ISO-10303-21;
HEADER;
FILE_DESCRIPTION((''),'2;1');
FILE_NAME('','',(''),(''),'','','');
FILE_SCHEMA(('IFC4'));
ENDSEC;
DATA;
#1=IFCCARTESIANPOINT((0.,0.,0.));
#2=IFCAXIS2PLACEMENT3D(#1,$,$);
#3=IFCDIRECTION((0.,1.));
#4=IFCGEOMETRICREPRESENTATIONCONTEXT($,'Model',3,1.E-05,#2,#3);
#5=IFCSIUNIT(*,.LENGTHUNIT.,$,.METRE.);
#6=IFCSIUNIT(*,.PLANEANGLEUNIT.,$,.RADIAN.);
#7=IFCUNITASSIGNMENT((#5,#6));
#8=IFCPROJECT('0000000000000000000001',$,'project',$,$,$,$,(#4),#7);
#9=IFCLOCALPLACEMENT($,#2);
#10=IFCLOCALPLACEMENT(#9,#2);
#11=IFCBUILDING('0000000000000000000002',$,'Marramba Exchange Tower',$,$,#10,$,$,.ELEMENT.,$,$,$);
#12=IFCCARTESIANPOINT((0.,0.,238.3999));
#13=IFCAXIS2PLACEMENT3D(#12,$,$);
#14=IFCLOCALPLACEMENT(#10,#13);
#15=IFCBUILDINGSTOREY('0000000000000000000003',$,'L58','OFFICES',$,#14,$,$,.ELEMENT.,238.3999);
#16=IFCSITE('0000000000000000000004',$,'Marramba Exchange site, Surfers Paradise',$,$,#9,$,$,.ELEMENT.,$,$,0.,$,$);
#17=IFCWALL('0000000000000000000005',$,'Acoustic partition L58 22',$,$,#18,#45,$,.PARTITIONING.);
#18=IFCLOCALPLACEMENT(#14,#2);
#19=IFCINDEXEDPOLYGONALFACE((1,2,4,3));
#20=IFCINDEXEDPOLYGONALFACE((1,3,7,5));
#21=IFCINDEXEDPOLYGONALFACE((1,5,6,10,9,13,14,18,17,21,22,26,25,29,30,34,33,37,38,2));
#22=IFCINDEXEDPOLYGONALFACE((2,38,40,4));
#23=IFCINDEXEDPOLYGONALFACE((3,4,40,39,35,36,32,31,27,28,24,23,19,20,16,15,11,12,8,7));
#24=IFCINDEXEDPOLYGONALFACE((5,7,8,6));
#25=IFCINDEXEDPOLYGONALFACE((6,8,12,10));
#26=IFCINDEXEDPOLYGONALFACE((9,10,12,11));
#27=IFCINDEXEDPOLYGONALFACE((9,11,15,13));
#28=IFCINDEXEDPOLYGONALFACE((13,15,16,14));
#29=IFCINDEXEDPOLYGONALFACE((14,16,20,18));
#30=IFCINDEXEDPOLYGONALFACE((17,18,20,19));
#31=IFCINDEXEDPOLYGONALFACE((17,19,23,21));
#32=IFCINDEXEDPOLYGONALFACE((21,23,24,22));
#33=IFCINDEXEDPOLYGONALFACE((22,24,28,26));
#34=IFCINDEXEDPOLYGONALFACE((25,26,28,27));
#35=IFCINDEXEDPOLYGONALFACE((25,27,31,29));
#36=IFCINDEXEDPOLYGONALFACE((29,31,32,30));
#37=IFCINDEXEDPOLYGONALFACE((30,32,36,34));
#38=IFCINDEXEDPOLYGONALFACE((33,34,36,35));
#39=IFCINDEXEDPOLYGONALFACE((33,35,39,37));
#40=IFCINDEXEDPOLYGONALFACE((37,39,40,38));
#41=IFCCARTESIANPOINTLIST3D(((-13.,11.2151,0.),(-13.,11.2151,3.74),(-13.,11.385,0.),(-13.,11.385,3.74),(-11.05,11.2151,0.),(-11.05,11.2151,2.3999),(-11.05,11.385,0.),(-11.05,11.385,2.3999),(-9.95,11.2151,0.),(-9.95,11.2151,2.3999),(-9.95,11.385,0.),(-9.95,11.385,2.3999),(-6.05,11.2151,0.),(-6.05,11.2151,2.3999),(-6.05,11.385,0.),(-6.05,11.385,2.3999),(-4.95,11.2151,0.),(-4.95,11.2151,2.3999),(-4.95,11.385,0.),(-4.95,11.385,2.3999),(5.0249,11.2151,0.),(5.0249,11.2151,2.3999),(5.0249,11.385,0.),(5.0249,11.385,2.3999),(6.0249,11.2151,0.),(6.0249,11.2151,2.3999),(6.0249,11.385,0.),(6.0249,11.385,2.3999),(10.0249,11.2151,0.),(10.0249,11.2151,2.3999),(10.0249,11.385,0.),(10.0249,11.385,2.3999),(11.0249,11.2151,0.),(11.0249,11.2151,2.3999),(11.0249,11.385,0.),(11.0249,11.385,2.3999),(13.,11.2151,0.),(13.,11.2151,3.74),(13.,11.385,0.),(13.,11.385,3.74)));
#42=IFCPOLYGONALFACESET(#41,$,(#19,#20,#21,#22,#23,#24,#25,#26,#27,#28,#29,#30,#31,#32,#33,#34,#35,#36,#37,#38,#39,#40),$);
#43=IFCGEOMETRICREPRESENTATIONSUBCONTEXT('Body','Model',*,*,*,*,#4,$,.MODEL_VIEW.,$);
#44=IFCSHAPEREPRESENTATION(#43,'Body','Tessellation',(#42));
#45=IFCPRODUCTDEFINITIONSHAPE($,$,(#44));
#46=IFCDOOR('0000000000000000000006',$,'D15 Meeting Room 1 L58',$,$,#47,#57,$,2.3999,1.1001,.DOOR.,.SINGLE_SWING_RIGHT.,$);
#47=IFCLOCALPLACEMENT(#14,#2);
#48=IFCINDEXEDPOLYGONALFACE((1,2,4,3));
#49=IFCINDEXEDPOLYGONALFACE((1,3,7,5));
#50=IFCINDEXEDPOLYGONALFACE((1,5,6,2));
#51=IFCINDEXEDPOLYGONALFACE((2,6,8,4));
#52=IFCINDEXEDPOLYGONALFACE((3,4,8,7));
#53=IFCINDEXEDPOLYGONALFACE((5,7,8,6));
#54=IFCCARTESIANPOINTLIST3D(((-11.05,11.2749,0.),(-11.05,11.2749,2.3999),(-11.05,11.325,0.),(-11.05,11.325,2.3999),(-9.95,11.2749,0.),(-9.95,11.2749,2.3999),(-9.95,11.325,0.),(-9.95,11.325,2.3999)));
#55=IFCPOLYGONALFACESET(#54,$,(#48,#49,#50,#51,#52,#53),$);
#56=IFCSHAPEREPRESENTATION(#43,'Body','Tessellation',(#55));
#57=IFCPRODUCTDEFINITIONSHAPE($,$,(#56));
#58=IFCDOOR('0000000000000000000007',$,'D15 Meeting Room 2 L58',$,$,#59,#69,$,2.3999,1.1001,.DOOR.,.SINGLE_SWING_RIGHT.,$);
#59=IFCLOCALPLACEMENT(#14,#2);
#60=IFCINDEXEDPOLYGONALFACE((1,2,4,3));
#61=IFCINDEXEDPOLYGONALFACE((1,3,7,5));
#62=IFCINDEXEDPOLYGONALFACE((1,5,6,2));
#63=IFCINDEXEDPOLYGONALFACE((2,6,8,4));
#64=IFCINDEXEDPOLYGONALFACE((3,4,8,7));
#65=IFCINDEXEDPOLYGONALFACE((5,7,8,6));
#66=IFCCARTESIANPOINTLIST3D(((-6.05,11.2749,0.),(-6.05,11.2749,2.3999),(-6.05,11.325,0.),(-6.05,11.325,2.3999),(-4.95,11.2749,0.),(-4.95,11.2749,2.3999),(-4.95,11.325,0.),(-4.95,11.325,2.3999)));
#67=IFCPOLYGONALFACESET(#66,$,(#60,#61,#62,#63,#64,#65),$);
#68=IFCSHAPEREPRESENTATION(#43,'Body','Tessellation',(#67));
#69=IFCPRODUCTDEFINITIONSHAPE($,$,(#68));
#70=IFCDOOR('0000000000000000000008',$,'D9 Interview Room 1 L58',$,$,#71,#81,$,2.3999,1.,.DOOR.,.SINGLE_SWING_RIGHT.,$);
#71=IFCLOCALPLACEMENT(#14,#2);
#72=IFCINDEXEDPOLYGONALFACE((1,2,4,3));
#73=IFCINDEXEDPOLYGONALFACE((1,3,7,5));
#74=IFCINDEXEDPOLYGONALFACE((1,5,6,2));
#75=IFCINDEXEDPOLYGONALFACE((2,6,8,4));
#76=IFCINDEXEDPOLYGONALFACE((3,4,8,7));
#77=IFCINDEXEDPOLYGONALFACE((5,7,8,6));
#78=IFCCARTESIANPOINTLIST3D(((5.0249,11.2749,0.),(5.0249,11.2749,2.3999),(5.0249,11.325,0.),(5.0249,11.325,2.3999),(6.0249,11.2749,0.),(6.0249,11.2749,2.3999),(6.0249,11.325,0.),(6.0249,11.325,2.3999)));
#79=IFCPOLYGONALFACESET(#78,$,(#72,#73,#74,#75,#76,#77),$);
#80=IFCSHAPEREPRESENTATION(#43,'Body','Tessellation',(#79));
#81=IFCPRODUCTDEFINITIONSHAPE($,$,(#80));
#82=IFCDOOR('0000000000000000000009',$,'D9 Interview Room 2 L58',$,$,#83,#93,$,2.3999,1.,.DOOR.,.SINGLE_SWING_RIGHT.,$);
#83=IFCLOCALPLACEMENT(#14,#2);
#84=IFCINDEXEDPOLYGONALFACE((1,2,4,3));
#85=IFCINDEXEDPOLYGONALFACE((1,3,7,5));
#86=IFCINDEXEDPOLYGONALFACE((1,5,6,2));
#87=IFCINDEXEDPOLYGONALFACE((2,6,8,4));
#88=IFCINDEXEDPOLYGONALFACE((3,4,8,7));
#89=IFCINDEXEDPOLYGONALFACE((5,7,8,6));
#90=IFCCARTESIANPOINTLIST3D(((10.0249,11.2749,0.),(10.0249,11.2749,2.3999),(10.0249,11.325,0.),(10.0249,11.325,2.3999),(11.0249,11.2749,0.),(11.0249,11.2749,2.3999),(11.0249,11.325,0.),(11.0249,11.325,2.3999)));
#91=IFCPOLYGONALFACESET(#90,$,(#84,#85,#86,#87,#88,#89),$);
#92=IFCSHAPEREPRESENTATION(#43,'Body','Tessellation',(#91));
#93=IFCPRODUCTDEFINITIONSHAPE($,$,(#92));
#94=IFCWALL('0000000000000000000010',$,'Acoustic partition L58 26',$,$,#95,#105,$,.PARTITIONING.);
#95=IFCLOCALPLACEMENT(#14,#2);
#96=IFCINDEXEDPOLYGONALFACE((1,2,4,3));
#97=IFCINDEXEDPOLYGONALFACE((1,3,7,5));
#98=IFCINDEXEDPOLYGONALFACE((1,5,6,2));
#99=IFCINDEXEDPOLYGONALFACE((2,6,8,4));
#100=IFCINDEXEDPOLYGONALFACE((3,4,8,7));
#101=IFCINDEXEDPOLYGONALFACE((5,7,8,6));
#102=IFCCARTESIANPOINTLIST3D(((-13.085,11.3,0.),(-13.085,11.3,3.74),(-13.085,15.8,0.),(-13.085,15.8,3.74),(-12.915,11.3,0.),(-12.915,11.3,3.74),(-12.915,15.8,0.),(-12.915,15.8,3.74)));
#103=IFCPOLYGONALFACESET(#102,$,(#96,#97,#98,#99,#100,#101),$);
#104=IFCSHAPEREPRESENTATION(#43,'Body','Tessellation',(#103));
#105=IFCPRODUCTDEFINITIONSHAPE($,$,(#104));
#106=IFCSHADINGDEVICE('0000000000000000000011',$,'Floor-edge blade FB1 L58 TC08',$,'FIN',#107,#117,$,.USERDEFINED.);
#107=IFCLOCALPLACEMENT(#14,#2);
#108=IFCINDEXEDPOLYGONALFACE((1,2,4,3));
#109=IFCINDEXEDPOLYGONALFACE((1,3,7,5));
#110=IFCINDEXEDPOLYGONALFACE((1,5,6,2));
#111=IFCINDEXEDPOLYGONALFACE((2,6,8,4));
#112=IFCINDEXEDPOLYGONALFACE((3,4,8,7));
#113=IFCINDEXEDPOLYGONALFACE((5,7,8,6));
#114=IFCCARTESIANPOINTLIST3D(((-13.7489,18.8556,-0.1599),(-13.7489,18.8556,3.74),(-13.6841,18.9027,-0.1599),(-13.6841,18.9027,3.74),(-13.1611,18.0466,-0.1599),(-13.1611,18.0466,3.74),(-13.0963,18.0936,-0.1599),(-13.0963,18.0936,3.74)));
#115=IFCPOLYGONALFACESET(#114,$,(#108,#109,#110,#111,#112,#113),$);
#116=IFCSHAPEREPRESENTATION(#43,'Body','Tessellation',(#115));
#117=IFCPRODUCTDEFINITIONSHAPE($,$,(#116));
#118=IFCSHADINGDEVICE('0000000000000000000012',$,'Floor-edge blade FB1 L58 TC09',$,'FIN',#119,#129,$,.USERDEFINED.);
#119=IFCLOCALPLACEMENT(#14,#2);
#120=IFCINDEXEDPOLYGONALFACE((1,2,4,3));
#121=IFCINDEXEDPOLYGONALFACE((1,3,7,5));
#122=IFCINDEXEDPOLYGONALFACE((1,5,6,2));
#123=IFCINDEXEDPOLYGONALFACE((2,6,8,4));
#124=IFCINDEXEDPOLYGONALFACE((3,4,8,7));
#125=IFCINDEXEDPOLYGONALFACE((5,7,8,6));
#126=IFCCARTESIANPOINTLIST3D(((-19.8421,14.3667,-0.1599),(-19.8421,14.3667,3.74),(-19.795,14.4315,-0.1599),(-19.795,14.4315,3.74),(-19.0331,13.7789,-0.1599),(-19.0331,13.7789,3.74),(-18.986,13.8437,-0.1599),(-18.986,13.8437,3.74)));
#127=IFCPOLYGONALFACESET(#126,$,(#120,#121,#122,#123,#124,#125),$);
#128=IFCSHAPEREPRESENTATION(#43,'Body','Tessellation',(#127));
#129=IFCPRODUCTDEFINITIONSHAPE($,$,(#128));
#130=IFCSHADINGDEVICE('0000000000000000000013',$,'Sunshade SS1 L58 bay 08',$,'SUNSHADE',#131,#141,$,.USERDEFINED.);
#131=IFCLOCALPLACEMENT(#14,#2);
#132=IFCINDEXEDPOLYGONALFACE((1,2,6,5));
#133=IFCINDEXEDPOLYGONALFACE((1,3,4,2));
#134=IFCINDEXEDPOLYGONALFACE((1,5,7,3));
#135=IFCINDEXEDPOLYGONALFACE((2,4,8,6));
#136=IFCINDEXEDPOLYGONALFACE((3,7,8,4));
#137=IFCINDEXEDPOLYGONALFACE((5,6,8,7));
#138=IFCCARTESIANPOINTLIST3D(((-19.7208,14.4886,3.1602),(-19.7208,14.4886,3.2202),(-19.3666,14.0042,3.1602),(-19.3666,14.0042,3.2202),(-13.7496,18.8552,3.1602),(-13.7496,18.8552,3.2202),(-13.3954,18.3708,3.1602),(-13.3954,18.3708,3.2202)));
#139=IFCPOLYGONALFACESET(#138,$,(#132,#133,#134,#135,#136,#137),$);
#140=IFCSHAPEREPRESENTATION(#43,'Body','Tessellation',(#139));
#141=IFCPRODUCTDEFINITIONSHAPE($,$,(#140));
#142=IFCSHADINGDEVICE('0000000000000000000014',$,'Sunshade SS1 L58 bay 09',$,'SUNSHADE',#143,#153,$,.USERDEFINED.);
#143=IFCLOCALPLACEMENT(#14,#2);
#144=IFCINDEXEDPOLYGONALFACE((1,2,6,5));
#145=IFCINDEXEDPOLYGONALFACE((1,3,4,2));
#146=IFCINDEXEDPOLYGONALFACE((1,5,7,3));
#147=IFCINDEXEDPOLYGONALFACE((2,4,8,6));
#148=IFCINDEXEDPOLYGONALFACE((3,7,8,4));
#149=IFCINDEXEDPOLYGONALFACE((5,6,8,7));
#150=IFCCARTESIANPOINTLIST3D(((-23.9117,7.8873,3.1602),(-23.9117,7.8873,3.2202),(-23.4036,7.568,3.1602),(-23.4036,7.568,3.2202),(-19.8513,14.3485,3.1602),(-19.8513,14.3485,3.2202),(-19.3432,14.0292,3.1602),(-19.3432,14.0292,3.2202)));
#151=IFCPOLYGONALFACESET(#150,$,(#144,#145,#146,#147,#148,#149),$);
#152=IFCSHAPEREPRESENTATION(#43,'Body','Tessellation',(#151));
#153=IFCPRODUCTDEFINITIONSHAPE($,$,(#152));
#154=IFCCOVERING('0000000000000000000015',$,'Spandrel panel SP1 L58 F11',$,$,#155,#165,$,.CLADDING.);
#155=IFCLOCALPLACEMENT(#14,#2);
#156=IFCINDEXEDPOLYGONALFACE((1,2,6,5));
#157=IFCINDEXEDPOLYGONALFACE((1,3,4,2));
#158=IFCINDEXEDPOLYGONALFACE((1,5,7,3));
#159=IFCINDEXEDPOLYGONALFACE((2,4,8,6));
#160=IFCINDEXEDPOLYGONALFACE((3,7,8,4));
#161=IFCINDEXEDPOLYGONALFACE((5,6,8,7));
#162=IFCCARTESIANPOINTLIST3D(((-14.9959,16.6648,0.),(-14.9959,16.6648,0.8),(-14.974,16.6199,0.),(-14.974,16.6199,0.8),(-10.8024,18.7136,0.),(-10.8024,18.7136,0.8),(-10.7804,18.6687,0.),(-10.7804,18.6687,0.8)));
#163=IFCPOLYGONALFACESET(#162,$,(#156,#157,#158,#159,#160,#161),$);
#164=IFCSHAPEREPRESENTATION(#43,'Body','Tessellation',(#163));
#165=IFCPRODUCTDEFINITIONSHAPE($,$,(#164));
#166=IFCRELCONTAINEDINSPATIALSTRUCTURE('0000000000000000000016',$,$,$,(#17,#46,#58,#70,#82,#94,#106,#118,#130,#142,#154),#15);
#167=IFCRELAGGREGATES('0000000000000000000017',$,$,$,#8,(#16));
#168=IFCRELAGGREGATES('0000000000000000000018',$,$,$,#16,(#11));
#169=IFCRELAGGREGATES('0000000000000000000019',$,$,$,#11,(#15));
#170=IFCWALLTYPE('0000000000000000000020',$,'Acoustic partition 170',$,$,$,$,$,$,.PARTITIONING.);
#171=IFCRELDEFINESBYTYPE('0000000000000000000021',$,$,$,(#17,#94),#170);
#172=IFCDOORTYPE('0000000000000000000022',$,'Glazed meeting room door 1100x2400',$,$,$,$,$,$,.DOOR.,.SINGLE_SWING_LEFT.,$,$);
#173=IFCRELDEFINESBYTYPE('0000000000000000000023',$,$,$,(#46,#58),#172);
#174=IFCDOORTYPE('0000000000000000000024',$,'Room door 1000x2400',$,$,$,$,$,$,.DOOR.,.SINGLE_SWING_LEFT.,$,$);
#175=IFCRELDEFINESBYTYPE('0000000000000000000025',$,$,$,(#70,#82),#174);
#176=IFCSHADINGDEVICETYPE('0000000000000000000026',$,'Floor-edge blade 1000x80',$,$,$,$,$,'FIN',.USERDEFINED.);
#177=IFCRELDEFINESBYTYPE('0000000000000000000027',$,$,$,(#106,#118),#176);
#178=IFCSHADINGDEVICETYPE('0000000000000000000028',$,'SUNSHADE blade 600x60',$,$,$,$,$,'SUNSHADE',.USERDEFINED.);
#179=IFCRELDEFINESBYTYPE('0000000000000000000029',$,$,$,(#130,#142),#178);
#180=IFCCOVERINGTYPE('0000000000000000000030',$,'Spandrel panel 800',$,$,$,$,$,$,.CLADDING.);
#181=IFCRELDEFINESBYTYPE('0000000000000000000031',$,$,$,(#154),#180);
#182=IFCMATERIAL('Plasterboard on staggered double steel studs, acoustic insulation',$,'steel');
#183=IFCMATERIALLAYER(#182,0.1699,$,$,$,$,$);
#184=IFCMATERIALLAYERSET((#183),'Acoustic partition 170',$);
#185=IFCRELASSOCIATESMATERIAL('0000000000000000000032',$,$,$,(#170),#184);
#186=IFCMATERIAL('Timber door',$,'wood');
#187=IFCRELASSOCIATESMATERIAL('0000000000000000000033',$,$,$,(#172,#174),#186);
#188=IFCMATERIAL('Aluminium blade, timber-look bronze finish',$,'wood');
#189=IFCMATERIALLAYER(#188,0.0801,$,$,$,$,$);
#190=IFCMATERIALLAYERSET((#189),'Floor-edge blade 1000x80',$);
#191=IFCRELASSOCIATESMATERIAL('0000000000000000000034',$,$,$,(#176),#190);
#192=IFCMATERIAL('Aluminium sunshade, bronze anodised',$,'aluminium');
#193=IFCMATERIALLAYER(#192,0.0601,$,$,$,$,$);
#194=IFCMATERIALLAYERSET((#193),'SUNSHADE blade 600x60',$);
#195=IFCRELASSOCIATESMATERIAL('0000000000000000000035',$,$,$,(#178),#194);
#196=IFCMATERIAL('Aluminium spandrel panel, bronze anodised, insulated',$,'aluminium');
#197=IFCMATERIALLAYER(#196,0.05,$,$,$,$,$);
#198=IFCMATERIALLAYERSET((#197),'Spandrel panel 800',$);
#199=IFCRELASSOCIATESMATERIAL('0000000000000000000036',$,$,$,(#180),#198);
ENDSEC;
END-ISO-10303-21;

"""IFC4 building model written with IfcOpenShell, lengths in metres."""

from ifc_helpers import new_model, si_unit, direction, frame, frame_2d, origin, origin_2d, place, context, subcontext, project, spatial, rectangle, extrude, material, layer, layer_set, type_object, element, fill, save


model = new_model("IFC4")

# Units and contexts
model_context = context("Model", 3, precision=1e-05, world=origin(), true_north=direction((0.0, 1.0)))
body_context = subcontext(model_context, "Body", "Model", "MODEL_VIEW")
ifc_project = project(units=[si_unit("LENGTHUNIT", "METRE"), si_unit("PLANEANGLEUNIT", "RADIAN")], contexts=[model_context])

# Site, building, storey
site_placement = place(None, origin())
site = spatial("IfcSite", under=ifc_project, at=site_placement, Name="Marramba Exchange site, Surfers Paradise", CompositionType="ELEMENT", RefElevation=0.0)
building_placement = place(site_placement, origin())
building = spatial("IfcBuilding", under=site, at=building_placement, Name="Marramba Exchange Tower", CompositionType="ELEMENT")
storey_placement = place(building_placement, frame((0.0, 0.0, 238.3999)))
storey = spatial("IfcBuildingStorey", under=building, at=storey_placement, Name="L58", Description="OFFICES", CompositionType="ELEMENT", Elevation=238.3999)

# Wall, openings, doors
ifc_material_1 = material(Name="Plasterboard on staggered double steel studs, acoustic insulation", Category="steel")
ifc_layer_1 = layer(ifc_material_1, 0.1699)
ifc_layer_set_1 = layer_set([ifc_layer_1], Name="Acoustic partition 170")
wall_type = type_object("IfcWallType", Name="Acoustic partition 170", PredefinedType="PARTITIONING", material=ifc_layer_set_1)
wall_1_placement = place(storey_placement, frame((-13.0, 11.3, 0.0), z_axis=(0.0, 0.0, 1.0), x_axis=(1.0, 0.0, 0.0)))
wall_1 = element("IfcWall", 1, at=wall_1_placement, inside=storey, type_object=wall_type, Name="Acoustic partition L58 22", PredefinedType="PARTITIONING", context=body_context, shape_type="SweptSolid", body=[
    extrude(rectangle(XDim=26.0, YDim=0.1699, at=frame_2d((13.0, 0.0))), origin(), (0.0, 0.0, 1.0), 3.74),
])
opening_1_placement = place(wall_1_placement, frame((1.95, 0.0, 0.0)))
opening_1 = element("IfcOpeningElement", 2, at=opening_1_placement, cuts=wall_1, PredefinedType="OPENING", context=body_context, shape_type="SweptSolid", body=[
    extrude(rectangle(XDim=1.1001, YDim=2.3999, at=frame_2d((0.55, 1.2))), frame((0.0, 0.095, 0.0), z_axis=(0.0, -1.0, 0.0), x_axis=(1.0, 0.0, 0.0)), (0.0, 0.0, 1.0), 0.1899),
])
opening_2_placement = place(wall_1_placement, frame((6.95, 0.0, 0.0)))
opening_2 = element("IfcOpeningElement", 3, at=opening_2_placement, cuts=wall_1, PredefinedType="OPENING", context=body_context, shape_type="SweptSolid", body=[
    extrude(rectangle(XDim=1.1001, YDim=2.3999, at=frame_2d((0.55, 1.2))), frame((0.0, 0.095, 0.0), z_axis=(0.0, -1.0, 0.0), x_axis=(1.0, 0.0, 0.0)), (0.0, 0.0, 1.0), 0.1899),
])
opening_3_placement = place(wall_1_placement, frame((18.0249, 0.0, 0.0)))
opening_3 = element("IfcOpeningElement", 4, at=opening_3_placement, cuts=wall_1, PredefinedType="OPENING", context=body_context, shape_type="SweptSolid", body=[
    extrude(rectangle(XDim=1.0, YDim=2.3999, at=frame_2d((0.5, 1.2))), frame((0.0, 0.095, 0.0), z_axis=(0.0, -1.0, 0.0), x_axis=(1.0, 0.0, 0.0)), (0.0, 0.0, 1.0), 0.1899),
])
opening_4_placement = place(wall_1_placement, frame((23.0249, 0.0, 0.0)))
opening_4 = element("IfcOpeningElement", 5, at=opening_4_placement, cuts=wall_1, PredefinedType="OPENING", context=body_context, shape_type="SweptSolid", body=[
    extrude(rectangle(XDim=1.0, YDim=2.3999, at=frame_2d((0.5, 1.2))), frame((0.0, 0.095, 0.0), z_axis=(0.0, -1.0, 0.0), x_axis=(1.0, 0.0, 0.0)), (0.0, 0.0, 1.0), 0.1899),
])
ifc_material_2 = material(Name="Timber door", Category="wood")
door_type_1 = type_object("IfcDoorType", Name="Glazed meeting room door 1100x2400", OperationType="SINGLE_SWING_LEFT", PredefinedType="DOOR", material=ifc_material_2)
door_1_placement = place(opening_1_placement, origin())
door_1 = element("IfcDoor", 6, at=door_1_placement, inside=storey, type_object=door_type_1, Name="D15 Meeting Room 1 L58", OperationType="SINGLE_SWING_RIGHT", OverallHeight=2.3999, OverallWidth=1.1001, PredefinedType="DOOR", context=body_context, shape_type="SweptSolid", body=[
    extrude(rectangle(XDim=1.1001, YDim=2.3999, at=frame_2d((0.55, 1.2))), frame((0.0, 0.0249, 0.0), z_axis=(0.0, -1.0, 0.0), x_axis=(1.0, 0.0, 0.0)), (0.0, 0.0, 1.0), 0.05),
])
fill(opening_1, door_1)
door_2_placement = place(opening_2_placement, origin())
door_2 = element("IfcDoor", 7, at=door_2_placement, inside=storey, type_object=door_type_1, Name="D15 Meeting Room 2 L58", OperationType="SINGLE_SWING_RIGHT", OverallHeight=2.3999, OverallWidth=1.1001, PredefinedType="DOOR", context=body_context, shape_type="SweptSolid", body=[
    extrude(rectangle(XDim=1.1001, YDim=2.3999, at=frame_2d((0.55, 1.2))), frame((0.0, 0.0249, 0.0), z_axis=(0.0, -1.0, 0.0), x_axis=(1.0, 0.0, 0.0)), (0.0, 0.0, 1.0), 0.05),
])
fill(opening_2, door_2)
door_type_2 = type_object("IfcDoorType", Name="Room door 1000x2400", OperationType="SINGLE_SWING_LEFT", PredefinedType="DOOR", material=ifc_material_2)
door_3_placement = place(opening_3_placement, origin())
door_3 = element("IfcDoor", 8, at=door_3_placement, inside=storey, type_object=door_type_2, Name="D9 Interview Room 1 L58", OperationType="SINGLE_SWING_RIGHT", OverallHeight=2.3999, OverallWidth=1.0, PredefinedType="DOOR", context=body_context, shape_type="SweptSolid", body=[
    extrude(rectangle(XDim=1.0, YDim=2.3999, at=frame_2d((0.5, 1.2))), frame((0.0, 0.0249, 0.0), z_axis=(0.0, -1.0, 0.0), x_axis=(1.0, 0.0, 0.0)), (0.0, 0.0, 1.0), 0.05),
])
fill(opening_3, door_3)
door_4_placement = place(opening_4_placement, origin())
door_4 = element("IfcDoor", 9, at=door_4_placement, inside=storey, type_object=door_type_2, Name="D9 Interview Room 2 L58", OperationType="SINGLE_SWING_RIGHT", OverallHeight=2.3999, OverallWidth=1.0, PredefinedType="DOOR", context=body_context, shape_type="SweptSolid", body=[
    extrude(rectangle(XDim=1.0, YDim=2.3999, at=frame_2d((0.5, 1.2))), frame((0.0, 0.0249, 0.0), z_axis=(0.0, -1.0, 0.0), x_axis=(1.0, 0.0, 0.0)), (0.0, 0.0, 1.0), 0.05),
])
fill(opening_4, door_4)

# Wall
wall_2_placement = place(storey_placement, frame((-13.0, 15.8, 0.0), z_axis=(0.0, 0.0, 1.0), x_axis=(0.0, -1.0, 0.0)))
element("IfcWall", 10, at=wall_2_placement, inside=storey, type_object=wall_type, Name="Acoustic partition L58 26", PredefinedType="PARTITIONING", context=body_context, shape_type="SweptSolid", body=[
    extrude(rectangle(XDim=4.5, YDim=0.1699, at=frame_2d((2.25, 0.0))), origin(), (0.0, 0.0, 1.0), 3.74),
])

# Shading devices
ifc_material_3 = material(Name="Aluminium blade, timber-look bronze finish", Category="wood")
ifc_layer_2 = layer(ifc_material_3, 0.0801)
ifc_layer_set_2 = layer_set([ifc_layer_2], Name="Floor-edge blade 1000x80")
shading_device_type_1 = type_object("IfcShadingDeviceType", Name="Floor-edge blade 1000x80", ElementType="FIN", PredefinedType="USERDEFINED", material=ifc_layer_set_2)
for number, where, z_axis, x_axis, name in (
    (11, (-13.4226, 18.4746, -0.1599), (0.0, 0.0, 1.0), (-0.587785, 0.809017, 0.0), "Floor-edge blade FB1 L58 TC08"),
    (12, (-19.4141, 14.1052, -0.1599), (0.0, 0.0, 1.0), (-0.809017, 0.587785, 0.0), "Floor-edge blade FB1 L58 TC09"),
):
    element("IfcShadingDevice", number, at=place(storey_placement, frame(where, z_axis=z_axis, x_axis=x_axis)), inside=storey, type_object=shading_device_type_1, Name=name, ObjectType="FIN", PredefinedType="USERDEFINED", context=body_context, shape_type="SweptSolid", body=[
        extrude(rectangle(XDim=1.0, YDim=0.0801, at=origin_2d()), origin(), (0.0, 0.0, 1.0), 3.8999),
    ])
ifc_material_4 = material(Name="Aluminium sunshade, bronze anodised", Category="aluminium")
ifc_layer_3 = layer(ifc_material_4, 0.0601)
ifc_layer_set_3 = layer_set([ifc_layer_3], Name="SUNSHADE blade 600x60")
shading_device_type_2 = type_object("IfcShadingDeviceType", Name="SUNSHADE blade 600x60", ElementType="SUNSHADE", PredefinedType="USERDEFINED", material=ifc_layer_set_3)
shading_device_1_placement = place(storey_placement, frame((-16.5581, 16.4297, 3.1602), z_axis=(0.0, 0.0, 1.0), x_axis=(-0.807194, -0.590286, 0.0)))
element("IfcShadingDevice", 13, at=shading_device_1_placement, inside=storey, type_object=shading_device_type_2, Name="Sunshade SS1 L58 bay 08", ObjectType="SUNSHADE", PredefinedType="USERDEFINED", context=body_context, shape_type="SweptSolid", body=[
    extrude(rectangle(XDim=7.3975, YDim=0.6001, at=origin_2d()), origin(), (0.0, 0.0, 1.0), 0.0601),
])
shading_device_2_placement = place(storey_placement, frame((-21.6274, 10.9583, 3.1602), z_axis=(0.0, 0.0, 1.0), x_axis=(-0.532082, -0.846693, 0.0)))
element("IfcShadingDevice", 14, at=shading_device_2_placement, inside=storey, type_object=shading_device_type_2, Name="Sunshade SS1 L58 bay 09", ObjectType="SUNSHADE", PredefinedType="USERDEFINED", context=body_context, shape_type="SweptSolid", body=[
    extrude(rectangle(XDim=7.6311, YDim=0.6001, at=origin_2d()), origin(), (0.0, 0.0, 1.0), 0.0601),
])

# Covering
ifc_material_5 = material(Name="Aluminium spandrel panel, bronze anodised, insulated", Category="aluminium")
ifc_layer_4 = layer(ifc_material_5, 0.05)
ifc_layer_set_4 = layer_set([ifc_layer_4], Name="Spandrel panel 800")
covering_type = type_object("IfcCoveringType", Name="Spandrel panel 800", PredefinedType="CLADDING", material=ifc_layer_set_4)
covering_1_placement = place(storey_placement, frame((-12.8882, 17.6667, 0.0), z_axis=(0.0, 0.0, 1.0), x_axis=(-0.898501, -0.438972, 0.0)))
element("IfcCovering", 15, at=covering_1_placement, inside=storey, type_object=covering_type, Name="Spandrel panel SP1 L58 F11", PredefinedType="CLADDING", context=body_context, shape_type="SweptSolid", body=[
    extrude(rectangle(XDim=4.6672, YDim=0.05, at=origin_2d()), origin(), (0.0, 0.0, 1.0), 0.8),
])

save(model, "model.ifc")
